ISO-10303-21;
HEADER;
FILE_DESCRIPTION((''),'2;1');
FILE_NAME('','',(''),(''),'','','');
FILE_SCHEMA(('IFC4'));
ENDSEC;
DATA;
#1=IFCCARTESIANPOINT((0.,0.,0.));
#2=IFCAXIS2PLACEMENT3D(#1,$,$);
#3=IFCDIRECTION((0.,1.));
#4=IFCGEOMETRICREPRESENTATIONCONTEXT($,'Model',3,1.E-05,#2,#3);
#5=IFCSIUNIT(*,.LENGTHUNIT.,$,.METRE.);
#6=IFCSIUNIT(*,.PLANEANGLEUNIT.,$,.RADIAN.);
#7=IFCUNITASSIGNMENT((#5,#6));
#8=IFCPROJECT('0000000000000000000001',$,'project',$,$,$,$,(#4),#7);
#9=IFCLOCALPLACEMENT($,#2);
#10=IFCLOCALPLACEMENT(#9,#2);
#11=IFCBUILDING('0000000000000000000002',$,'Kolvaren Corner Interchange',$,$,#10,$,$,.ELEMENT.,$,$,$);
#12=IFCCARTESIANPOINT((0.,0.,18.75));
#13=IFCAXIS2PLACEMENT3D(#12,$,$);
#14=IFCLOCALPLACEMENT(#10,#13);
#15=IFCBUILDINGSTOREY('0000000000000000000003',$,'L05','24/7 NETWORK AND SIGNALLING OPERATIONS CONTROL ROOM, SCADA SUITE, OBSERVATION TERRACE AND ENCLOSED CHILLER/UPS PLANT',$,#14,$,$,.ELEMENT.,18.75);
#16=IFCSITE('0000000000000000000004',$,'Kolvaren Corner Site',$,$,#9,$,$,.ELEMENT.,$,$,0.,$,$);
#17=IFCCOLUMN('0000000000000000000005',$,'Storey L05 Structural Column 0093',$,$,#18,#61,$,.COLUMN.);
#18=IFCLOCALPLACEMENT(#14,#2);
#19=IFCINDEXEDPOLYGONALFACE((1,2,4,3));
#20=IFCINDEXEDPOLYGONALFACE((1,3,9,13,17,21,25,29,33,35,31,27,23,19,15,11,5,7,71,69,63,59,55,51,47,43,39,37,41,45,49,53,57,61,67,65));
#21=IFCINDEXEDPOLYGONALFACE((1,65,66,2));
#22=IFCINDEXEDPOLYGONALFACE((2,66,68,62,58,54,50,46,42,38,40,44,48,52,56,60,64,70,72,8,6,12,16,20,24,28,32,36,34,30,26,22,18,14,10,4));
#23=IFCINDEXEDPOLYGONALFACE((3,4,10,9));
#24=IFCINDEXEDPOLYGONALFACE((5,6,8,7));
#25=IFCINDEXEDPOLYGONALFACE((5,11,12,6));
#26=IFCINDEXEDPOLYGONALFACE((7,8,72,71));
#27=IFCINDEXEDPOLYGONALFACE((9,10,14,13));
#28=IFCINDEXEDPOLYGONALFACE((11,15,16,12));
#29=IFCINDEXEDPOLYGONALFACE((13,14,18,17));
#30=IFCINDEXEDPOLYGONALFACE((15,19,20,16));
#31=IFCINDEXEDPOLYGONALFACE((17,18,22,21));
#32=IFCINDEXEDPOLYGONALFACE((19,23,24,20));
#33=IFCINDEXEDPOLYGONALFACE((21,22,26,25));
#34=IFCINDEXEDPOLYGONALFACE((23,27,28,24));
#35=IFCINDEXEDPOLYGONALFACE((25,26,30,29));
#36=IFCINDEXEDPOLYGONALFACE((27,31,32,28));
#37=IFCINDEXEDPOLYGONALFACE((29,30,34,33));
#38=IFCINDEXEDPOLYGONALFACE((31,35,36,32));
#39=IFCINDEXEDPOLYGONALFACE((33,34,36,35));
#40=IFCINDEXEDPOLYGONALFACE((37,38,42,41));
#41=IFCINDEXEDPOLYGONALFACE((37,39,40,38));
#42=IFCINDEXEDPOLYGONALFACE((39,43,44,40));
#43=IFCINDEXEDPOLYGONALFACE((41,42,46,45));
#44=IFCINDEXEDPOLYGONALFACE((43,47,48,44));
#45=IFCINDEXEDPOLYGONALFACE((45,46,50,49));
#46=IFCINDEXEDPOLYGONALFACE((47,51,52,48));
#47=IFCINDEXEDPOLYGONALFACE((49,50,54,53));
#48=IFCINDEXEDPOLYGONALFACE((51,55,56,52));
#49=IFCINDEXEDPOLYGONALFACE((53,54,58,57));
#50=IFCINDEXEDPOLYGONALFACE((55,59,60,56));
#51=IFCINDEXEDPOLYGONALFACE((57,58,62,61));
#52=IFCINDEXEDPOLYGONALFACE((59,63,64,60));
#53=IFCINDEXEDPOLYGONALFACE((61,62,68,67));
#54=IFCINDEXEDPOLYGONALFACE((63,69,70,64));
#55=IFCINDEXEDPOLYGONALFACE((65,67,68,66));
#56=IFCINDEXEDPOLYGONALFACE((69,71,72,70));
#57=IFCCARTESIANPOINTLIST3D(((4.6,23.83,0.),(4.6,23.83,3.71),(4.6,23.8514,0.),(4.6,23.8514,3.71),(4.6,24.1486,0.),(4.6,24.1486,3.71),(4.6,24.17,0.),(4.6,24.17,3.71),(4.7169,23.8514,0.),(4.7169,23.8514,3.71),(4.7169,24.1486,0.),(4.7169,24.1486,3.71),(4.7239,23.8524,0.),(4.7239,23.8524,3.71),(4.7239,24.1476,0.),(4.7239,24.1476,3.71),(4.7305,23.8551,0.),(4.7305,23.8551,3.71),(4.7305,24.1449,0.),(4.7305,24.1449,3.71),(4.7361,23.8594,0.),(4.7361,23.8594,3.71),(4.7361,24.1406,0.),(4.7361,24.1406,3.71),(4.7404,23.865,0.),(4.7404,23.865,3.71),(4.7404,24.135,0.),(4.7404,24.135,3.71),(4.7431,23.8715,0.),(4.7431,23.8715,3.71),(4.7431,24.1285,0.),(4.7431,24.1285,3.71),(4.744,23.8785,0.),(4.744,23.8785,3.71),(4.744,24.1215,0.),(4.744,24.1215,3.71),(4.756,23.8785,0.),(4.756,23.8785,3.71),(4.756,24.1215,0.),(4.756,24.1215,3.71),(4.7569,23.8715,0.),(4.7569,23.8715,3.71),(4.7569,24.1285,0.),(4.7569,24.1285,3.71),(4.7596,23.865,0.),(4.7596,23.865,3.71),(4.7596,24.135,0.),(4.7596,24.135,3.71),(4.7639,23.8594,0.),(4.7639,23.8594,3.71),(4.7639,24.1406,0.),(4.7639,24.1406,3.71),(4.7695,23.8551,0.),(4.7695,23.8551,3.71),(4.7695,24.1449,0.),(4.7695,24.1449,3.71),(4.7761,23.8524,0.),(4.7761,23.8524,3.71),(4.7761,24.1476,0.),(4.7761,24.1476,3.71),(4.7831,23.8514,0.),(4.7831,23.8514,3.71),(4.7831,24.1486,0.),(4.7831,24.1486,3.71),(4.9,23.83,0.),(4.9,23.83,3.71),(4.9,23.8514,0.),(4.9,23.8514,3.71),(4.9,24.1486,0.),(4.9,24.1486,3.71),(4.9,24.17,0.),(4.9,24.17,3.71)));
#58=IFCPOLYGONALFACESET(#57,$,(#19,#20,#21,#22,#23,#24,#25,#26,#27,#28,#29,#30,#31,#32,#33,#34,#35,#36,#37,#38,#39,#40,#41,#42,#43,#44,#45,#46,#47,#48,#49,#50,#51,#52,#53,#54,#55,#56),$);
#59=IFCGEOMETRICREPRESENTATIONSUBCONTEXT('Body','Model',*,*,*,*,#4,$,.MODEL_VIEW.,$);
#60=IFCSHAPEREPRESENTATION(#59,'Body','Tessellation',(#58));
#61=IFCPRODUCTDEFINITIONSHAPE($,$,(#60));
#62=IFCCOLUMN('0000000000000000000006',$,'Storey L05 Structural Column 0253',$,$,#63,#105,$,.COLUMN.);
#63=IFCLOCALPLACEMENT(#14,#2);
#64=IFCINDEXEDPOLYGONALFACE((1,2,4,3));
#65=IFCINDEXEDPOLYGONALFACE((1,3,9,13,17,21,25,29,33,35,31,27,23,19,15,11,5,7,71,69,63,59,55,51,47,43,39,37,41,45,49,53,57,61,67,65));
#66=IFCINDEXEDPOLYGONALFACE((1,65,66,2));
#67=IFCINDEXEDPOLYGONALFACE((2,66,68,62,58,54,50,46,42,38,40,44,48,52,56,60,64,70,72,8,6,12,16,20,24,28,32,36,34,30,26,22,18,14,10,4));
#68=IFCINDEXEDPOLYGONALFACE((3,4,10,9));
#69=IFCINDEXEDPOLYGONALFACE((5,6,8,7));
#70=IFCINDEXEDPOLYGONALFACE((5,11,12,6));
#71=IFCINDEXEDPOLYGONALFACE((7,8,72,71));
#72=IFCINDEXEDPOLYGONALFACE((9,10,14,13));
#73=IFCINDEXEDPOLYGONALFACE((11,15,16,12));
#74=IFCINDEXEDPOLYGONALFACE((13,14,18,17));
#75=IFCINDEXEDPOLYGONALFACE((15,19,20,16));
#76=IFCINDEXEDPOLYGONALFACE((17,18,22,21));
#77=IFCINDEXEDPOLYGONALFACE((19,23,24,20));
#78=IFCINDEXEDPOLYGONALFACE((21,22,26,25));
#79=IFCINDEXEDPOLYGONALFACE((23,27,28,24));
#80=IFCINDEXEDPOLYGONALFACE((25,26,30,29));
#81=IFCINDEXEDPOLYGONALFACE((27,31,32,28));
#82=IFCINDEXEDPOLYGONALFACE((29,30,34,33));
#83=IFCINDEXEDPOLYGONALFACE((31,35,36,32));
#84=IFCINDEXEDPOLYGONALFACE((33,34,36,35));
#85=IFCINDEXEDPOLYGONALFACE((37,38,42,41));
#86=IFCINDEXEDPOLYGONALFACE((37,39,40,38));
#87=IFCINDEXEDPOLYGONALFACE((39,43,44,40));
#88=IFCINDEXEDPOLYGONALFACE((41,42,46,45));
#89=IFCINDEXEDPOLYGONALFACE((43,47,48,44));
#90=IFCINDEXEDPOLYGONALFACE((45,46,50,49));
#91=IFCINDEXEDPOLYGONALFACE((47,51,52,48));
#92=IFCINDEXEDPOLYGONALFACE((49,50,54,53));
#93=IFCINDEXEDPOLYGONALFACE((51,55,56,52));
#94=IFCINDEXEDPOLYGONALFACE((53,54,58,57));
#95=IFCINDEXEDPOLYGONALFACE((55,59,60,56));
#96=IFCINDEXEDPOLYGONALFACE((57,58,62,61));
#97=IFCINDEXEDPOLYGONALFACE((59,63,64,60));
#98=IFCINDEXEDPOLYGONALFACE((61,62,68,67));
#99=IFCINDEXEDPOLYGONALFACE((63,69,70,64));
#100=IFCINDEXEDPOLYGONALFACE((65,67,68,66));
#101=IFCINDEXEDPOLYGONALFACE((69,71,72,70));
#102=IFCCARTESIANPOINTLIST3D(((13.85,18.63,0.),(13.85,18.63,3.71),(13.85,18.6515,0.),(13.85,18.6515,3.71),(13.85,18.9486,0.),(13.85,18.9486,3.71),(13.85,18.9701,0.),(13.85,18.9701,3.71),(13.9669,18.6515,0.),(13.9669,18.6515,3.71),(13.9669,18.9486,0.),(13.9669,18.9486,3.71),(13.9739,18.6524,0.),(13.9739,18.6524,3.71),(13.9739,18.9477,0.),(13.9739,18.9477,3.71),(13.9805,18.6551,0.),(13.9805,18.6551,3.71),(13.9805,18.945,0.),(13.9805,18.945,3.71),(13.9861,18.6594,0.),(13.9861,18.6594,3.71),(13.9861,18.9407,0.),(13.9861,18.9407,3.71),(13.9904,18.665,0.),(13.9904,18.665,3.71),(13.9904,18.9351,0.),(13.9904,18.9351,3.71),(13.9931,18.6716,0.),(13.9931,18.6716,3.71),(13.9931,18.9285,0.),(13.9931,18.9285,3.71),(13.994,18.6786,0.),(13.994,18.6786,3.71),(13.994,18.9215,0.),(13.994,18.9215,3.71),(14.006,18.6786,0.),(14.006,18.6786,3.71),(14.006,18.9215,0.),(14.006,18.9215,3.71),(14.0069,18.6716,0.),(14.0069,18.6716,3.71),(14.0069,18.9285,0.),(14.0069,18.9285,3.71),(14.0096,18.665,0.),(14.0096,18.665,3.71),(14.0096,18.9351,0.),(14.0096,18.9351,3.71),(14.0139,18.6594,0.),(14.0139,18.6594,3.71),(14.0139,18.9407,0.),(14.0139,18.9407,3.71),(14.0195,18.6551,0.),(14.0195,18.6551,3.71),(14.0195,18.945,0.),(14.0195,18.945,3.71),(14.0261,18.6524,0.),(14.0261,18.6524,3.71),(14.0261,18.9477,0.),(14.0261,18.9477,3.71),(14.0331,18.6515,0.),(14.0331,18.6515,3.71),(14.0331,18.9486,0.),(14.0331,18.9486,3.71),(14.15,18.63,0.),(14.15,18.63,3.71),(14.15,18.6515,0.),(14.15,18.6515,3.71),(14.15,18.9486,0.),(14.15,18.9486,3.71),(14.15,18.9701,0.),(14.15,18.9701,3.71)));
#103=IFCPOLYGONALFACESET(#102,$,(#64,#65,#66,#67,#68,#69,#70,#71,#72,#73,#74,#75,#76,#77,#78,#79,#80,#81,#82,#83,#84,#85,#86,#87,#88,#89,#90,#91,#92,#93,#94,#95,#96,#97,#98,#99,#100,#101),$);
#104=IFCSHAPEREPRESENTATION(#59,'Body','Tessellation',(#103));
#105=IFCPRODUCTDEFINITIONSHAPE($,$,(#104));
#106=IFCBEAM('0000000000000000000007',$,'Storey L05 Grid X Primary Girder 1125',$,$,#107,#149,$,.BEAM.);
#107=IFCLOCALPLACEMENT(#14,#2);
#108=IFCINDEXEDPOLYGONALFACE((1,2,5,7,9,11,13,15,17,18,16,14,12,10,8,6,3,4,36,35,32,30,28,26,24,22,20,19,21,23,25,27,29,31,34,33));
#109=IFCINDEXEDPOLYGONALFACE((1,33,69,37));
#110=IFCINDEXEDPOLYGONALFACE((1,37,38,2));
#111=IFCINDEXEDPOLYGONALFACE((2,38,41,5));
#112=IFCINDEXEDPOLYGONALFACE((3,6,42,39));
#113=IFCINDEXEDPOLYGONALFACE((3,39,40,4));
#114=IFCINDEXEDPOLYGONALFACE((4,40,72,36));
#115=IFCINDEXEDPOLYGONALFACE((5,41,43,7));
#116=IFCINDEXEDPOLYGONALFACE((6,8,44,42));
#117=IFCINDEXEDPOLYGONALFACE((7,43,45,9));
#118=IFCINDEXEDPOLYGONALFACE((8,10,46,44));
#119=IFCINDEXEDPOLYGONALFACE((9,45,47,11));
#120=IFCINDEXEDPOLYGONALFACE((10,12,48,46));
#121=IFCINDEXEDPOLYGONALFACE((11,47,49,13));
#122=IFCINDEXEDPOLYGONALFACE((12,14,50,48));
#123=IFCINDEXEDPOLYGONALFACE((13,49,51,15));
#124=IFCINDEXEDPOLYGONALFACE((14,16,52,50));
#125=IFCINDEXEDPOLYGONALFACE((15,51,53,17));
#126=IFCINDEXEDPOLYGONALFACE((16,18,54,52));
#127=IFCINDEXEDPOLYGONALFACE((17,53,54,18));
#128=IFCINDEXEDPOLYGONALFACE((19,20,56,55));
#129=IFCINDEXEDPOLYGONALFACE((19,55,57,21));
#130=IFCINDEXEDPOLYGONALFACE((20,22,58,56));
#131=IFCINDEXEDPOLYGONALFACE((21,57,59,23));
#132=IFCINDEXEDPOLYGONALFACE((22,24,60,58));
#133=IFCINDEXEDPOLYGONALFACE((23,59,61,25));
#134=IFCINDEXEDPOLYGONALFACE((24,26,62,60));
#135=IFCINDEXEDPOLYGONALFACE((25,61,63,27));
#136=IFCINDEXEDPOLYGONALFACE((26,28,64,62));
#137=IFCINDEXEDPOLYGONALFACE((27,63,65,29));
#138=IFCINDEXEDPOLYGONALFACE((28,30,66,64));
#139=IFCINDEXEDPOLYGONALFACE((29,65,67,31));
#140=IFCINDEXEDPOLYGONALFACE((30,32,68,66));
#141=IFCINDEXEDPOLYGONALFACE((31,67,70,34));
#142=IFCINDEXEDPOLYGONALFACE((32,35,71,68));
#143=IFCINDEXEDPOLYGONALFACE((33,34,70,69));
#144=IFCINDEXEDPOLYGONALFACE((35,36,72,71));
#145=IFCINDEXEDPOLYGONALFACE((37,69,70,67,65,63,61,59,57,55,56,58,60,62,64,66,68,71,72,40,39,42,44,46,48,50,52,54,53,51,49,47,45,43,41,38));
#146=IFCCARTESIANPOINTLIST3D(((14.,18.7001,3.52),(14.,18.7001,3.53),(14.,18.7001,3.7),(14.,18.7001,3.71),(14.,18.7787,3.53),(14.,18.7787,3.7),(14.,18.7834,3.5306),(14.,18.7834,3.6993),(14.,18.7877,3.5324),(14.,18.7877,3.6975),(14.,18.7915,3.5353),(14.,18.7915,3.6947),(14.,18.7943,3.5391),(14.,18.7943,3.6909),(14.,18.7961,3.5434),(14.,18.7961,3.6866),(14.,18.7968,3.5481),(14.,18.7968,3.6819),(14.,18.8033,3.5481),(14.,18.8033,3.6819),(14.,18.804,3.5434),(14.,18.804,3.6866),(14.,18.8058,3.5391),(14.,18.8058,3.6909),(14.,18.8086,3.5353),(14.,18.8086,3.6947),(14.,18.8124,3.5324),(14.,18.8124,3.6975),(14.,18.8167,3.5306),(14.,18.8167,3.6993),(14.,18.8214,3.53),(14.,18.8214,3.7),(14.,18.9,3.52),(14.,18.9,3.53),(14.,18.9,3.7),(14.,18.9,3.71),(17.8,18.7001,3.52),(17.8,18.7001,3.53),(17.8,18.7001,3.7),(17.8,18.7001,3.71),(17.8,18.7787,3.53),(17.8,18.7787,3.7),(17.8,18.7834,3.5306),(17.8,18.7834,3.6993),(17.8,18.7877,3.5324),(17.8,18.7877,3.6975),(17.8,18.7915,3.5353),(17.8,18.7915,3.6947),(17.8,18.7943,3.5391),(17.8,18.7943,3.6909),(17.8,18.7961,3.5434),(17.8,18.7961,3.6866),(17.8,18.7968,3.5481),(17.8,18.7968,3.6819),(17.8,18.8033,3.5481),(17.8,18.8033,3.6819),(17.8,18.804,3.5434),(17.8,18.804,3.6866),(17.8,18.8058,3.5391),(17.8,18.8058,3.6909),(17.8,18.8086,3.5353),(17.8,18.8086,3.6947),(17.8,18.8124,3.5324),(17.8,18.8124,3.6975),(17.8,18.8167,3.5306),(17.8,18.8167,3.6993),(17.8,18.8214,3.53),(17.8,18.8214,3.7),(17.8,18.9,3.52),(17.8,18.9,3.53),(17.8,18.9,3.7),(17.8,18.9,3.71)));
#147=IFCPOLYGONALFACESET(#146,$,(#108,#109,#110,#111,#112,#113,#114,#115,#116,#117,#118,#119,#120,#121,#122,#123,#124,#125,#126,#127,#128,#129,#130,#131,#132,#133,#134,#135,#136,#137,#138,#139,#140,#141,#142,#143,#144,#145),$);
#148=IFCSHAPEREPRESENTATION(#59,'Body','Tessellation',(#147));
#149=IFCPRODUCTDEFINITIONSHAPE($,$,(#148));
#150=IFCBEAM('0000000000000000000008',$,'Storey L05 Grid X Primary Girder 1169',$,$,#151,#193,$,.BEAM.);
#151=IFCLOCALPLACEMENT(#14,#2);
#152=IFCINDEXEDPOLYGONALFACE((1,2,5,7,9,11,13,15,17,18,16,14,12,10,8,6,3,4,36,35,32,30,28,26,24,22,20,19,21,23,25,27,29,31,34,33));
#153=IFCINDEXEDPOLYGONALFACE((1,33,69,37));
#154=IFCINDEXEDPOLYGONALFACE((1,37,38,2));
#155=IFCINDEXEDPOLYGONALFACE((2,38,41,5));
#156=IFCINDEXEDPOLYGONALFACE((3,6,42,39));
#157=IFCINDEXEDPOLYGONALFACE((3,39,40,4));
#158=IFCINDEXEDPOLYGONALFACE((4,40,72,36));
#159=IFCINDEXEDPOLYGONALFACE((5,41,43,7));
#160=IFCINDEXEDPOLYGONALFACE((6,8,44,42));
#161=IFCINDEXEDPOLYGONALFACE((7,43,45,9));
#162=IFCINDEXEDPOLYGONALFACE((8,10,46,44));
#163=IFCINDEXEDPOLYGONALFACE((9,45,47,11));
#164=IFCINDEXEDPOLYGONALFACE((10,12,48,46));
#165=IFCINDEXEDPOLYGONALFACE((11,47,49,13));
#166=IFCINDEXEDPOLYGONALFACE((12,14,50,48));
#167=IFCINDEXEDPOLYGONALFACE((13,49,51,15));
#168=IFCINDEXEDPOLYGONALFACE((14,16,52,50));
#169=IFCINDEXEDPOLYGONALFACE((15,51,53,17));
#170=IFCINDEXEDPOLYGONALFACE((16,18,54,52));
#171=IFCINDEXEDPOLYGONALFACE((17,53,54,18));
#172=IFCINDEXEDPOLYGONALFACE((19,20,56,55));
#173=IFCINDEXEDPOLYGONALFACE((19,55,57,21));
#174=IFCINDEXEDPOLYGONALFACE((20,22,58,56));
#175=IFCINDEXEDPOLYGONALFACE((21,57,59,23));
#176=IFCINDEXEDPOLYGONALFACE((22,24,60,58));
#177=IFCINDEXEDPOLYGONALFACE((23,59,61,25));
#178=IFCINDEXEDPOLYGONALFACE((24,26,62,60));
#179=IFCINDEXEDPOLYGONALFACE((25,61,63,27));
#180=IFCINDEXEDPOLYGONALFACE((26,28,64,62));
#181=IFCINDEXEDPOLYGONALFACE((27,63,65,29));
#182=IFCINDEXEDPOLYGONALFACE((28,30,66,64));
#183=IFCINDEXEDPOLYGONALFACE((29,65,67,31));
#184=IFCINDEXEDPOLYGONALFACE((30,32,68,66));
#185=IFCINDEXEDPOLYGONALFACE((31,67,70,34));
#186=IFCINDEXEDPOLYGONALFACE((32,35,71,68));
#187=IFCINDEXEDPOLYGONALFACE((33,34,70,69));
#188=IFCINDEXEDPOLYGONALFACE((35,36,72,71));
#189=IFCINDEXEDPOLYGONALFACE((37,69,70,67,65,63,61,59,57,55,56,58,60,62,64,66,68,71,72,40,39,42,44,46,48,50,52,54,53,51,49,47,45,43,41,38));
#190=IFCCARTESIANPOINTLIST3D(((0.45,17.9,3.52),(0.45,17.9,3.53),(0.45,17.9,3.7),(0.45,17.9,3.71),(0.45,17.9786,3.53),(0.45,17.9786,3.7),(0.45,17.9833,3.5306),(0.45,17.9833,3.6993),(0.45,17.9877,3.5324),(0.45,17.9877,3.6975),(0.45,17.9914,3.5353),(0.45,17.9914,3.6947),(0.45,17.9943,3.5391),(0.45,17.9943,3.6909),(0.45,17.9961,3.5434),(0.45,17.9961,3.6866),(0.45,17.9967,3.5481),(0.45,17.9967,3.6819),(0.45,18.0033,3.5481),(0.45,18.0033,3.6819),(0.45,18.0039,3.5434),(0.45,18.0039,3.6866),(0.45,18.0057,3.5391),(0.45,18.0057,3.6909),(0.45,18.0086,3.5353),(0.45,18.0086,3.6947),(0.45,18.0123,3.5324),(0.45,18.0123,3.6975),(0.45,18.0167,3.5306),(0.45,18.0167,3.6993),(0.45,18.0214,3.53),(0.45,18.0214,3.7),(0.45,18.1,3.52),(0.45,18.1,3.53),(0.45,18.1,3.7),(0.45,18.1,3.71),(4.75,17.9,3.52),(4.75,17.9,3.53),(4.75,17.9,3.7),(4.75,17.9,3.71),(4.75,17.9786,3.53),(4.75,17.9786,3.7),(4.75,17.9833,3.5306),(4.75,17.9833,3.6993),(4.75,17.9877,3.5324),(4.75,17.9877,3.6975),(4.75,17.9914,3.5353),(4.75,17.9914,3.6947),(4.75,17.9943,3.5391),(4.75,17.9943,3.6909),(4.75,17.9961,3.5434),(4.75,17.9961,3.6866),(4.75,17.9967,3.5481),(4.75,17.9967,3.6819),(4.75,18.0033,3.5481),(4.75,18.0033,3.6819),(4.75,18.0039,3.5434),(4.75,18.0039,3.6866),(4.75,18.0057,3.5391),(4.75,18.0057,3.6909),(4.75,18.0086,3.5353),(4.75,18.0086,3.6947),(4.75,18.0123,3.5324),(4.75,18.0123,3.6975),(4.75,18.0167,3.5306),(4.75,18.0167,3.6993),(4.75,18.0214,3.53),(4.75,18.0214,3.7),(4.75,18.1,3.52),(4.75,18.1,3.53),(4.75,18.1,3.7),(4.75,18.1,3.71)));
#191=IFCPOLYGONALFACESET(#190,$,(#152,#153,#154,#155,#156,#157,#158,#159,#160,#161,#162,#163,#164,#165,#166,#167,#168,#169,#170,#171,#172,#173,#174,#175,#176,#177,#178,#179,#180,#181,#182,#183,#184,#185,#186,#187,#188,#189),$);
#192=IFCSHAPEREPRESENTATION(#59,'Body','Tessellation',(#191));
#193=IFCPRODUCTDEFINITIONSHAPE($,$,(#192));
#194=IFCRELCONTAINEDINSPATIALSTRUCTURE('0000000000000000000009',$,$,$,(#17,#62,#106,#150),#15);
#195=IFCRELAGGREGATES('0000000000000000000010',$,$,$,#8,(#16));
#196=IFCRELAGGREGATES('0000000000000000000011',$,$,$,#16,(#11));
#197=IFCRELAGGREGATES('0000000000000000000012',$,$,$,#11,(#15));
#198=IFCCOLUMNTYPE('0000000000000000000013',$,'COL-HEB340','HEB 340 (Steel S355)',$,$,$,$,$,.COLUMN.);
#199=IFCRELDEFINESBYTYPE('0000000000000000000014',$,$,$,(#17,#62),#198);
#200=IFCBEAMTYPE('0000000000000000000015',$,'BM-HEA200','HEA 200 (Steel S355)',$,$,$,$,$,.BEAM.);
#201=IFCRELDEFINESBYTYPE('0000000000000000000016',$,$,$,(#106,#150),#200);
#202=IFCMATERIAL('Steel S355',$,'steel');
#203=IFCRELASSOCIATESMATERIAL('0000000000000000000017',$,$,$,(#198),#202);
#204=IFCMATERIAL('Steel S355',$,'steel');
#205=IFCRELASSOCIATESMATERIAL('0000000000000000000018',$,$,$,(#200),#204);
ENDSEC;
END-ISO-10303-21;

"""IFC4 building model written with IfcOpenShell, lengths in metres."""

from ifc_helpers import new_model, si_unit, direction, frame, origin, origin_2d, place, context, subcontext, project, spatial, i_section, extrude, material, material_profile, profile_set, type_object, element, save


model = new_model("IFC4")

# Units and contexts
model_context = context("Model", 3, precision=1e-05, world=origin(), true_north=direction((0.0, 1.0)))
body_context = subcontext(model_context, "Body", "Model", "MODEL_VIEW")
ifc_project = project(units=[si_unit("LENGTHUNIT", "METRE"), si_unit("PLANEANGLEUNIT", "RADIAN")], contexts=[model_context])

# Site, building, storey
site_placement = place(None, origin())
site = spatial("IfcSite", under=ifc_project, at=site_placement, Name="Kolvaren Corner Site", CompositionType="ELEMENT", RefElevation=0.0)
building_placement = place(site_placement, origin())
building = spatial("IfcBuilding", under=site, at=building_placement, Name="Kolvaren Corner Interchange", CompositionType="ELEMENT")
storey_placement = place(building_placement, frame((0.0, 0.0, 18.75)))
storey = spatial("IfcBuildingStorey", under=building, at=storey_placement, Name="L05", Description="24/7 NETWORK AND SIGNALLING OPERATIONS CONTROL ROOM, SCADA SUITE, OBSERVATION TERRACE AND ENCLOSED CHILLER/UPS PLANT", CompositionType="ELEMENT", Elevation=18.75)

# Columns
ifc_material_1 = material(Name="Steel S355", Category="steel")
ifc_material_profile_1 = material_profile(ifc_material_1, i_section(OverallWidth=0.3, OverallDepth=0.3401, WebThickness=0.012, FlangeThickness=0.0215, FilletRadius=0.0271, at=origin_2d()), Name="HEB 340")
ifc_profile_set_1 = profile_set([ifc_material_profile_1], Name="Steel S355")
column_type_1 = type_object("IfcColumnType", Name="COL-HEB340", Description="HEB 340 (Steel S355)", PredefinedType="COLUMN", material=ifc_profile_set_1)
for number, where, z_axis, x_axis, name in (
    (1, (4.75, 24.0, 0.0), (0.0, 0.0, 1.0), (1.0, 0.0, 0.0), "Storey L05 Structural Column 0093"),
    (2, (14.0, 18.8, 0.0), (0.0, 0.0, 1.0), (1.0, 0.0, 0.0), "Storey L05 Structural Column 0253"),
):
    element("IfcColumn", number, at=place(storey_placement, frame(where, z_axis=z_axis, x_axis=x_axis)), inside=storey, type_object=column_type_1, Name=name, PredefinedType="COLUMN", context=body_context, shape_type="SweptSolid", body=[
        extrude(i_section(OverallWidth=0.3, OverallDepth=0.3401, WebThickness=0.012, FlangeThickness=0.0215, FilletRadius=0.0271, at=origin_2d()), origin(), (0.0, 0.0, 1.0), 3.71),
    ])

# Beams
ifc_material_2 = material(Name="Steel S355", Category="steel")
ifc_material_profile_2 = material_profile(ifc_material_2, i_section(OverallWidth=0.2, OverallDepth=0.1899, WebThickness=0.0066, FlangeThickness=0.01, FilletRadius=0.0181, at=origin_2d()), Name="HEA 200")
ifc_profile_set_2 = profile_set([ifc_material_profile_2], Name="Steel S355")
beam_type_1 = type_object("IfcBeamType", Name="BM-HEA200", Description="HEA 200 (Steel S355)", PredefinedType="BEAM", material=ifc_profile_set_2)
beam_1_placement = place(storey_placement, frame((14.0, 18.8, 3.615), z_axis=(1.0, 0.0, 0.0), x_axis=(0.0, 1.0, 0.0)))
element("IfcBeam", 3, at=beam_1_placement, inside=storey, type_object=beam_type_1, Name="Storey L05 Grid X Primary Girder 1125", PredefinedType="BEAM", context=body_context, shape_type="SweptSolid", body=[
    extrude(i_section(OverallWidth=0.2, OverallDepth=0.1899, WebThickness=0.0066, FlangeThickness=0.01, FilletRadius=0.0181, at=origin_2d()), origin(), (0.0, 0.0, 1.0), 3.8),
])
for number, where, z_axis, x_axis, name in (
    (4, (0.45, 18.0, 3.615), (1.0, 0.0, 0.0), (0.0, 1.0, 0.0), "Storey L05 Grid X Primary Girder 1169"),
):
    element("IfcBeam", number, at=place(storey_placement, frame(where, z_axis=z_axis, x_axis=x_axis)), inside=storey, type_object=beam_type_1, Name=name, PredefinedType="BEAM", context=body_context, shape_type="SweptSolid", body=[
        extrude(i_section(OverallWidth=0.2, OverallDepth=0.1899, WebThickness=0.0066, FlangeThickness=0.01, FilletRadius=0.0181, at=origin_2d()), origin(), (0.0, 0.0, 1.0), 4.3),
    ])

save(model, "model.ifc")
